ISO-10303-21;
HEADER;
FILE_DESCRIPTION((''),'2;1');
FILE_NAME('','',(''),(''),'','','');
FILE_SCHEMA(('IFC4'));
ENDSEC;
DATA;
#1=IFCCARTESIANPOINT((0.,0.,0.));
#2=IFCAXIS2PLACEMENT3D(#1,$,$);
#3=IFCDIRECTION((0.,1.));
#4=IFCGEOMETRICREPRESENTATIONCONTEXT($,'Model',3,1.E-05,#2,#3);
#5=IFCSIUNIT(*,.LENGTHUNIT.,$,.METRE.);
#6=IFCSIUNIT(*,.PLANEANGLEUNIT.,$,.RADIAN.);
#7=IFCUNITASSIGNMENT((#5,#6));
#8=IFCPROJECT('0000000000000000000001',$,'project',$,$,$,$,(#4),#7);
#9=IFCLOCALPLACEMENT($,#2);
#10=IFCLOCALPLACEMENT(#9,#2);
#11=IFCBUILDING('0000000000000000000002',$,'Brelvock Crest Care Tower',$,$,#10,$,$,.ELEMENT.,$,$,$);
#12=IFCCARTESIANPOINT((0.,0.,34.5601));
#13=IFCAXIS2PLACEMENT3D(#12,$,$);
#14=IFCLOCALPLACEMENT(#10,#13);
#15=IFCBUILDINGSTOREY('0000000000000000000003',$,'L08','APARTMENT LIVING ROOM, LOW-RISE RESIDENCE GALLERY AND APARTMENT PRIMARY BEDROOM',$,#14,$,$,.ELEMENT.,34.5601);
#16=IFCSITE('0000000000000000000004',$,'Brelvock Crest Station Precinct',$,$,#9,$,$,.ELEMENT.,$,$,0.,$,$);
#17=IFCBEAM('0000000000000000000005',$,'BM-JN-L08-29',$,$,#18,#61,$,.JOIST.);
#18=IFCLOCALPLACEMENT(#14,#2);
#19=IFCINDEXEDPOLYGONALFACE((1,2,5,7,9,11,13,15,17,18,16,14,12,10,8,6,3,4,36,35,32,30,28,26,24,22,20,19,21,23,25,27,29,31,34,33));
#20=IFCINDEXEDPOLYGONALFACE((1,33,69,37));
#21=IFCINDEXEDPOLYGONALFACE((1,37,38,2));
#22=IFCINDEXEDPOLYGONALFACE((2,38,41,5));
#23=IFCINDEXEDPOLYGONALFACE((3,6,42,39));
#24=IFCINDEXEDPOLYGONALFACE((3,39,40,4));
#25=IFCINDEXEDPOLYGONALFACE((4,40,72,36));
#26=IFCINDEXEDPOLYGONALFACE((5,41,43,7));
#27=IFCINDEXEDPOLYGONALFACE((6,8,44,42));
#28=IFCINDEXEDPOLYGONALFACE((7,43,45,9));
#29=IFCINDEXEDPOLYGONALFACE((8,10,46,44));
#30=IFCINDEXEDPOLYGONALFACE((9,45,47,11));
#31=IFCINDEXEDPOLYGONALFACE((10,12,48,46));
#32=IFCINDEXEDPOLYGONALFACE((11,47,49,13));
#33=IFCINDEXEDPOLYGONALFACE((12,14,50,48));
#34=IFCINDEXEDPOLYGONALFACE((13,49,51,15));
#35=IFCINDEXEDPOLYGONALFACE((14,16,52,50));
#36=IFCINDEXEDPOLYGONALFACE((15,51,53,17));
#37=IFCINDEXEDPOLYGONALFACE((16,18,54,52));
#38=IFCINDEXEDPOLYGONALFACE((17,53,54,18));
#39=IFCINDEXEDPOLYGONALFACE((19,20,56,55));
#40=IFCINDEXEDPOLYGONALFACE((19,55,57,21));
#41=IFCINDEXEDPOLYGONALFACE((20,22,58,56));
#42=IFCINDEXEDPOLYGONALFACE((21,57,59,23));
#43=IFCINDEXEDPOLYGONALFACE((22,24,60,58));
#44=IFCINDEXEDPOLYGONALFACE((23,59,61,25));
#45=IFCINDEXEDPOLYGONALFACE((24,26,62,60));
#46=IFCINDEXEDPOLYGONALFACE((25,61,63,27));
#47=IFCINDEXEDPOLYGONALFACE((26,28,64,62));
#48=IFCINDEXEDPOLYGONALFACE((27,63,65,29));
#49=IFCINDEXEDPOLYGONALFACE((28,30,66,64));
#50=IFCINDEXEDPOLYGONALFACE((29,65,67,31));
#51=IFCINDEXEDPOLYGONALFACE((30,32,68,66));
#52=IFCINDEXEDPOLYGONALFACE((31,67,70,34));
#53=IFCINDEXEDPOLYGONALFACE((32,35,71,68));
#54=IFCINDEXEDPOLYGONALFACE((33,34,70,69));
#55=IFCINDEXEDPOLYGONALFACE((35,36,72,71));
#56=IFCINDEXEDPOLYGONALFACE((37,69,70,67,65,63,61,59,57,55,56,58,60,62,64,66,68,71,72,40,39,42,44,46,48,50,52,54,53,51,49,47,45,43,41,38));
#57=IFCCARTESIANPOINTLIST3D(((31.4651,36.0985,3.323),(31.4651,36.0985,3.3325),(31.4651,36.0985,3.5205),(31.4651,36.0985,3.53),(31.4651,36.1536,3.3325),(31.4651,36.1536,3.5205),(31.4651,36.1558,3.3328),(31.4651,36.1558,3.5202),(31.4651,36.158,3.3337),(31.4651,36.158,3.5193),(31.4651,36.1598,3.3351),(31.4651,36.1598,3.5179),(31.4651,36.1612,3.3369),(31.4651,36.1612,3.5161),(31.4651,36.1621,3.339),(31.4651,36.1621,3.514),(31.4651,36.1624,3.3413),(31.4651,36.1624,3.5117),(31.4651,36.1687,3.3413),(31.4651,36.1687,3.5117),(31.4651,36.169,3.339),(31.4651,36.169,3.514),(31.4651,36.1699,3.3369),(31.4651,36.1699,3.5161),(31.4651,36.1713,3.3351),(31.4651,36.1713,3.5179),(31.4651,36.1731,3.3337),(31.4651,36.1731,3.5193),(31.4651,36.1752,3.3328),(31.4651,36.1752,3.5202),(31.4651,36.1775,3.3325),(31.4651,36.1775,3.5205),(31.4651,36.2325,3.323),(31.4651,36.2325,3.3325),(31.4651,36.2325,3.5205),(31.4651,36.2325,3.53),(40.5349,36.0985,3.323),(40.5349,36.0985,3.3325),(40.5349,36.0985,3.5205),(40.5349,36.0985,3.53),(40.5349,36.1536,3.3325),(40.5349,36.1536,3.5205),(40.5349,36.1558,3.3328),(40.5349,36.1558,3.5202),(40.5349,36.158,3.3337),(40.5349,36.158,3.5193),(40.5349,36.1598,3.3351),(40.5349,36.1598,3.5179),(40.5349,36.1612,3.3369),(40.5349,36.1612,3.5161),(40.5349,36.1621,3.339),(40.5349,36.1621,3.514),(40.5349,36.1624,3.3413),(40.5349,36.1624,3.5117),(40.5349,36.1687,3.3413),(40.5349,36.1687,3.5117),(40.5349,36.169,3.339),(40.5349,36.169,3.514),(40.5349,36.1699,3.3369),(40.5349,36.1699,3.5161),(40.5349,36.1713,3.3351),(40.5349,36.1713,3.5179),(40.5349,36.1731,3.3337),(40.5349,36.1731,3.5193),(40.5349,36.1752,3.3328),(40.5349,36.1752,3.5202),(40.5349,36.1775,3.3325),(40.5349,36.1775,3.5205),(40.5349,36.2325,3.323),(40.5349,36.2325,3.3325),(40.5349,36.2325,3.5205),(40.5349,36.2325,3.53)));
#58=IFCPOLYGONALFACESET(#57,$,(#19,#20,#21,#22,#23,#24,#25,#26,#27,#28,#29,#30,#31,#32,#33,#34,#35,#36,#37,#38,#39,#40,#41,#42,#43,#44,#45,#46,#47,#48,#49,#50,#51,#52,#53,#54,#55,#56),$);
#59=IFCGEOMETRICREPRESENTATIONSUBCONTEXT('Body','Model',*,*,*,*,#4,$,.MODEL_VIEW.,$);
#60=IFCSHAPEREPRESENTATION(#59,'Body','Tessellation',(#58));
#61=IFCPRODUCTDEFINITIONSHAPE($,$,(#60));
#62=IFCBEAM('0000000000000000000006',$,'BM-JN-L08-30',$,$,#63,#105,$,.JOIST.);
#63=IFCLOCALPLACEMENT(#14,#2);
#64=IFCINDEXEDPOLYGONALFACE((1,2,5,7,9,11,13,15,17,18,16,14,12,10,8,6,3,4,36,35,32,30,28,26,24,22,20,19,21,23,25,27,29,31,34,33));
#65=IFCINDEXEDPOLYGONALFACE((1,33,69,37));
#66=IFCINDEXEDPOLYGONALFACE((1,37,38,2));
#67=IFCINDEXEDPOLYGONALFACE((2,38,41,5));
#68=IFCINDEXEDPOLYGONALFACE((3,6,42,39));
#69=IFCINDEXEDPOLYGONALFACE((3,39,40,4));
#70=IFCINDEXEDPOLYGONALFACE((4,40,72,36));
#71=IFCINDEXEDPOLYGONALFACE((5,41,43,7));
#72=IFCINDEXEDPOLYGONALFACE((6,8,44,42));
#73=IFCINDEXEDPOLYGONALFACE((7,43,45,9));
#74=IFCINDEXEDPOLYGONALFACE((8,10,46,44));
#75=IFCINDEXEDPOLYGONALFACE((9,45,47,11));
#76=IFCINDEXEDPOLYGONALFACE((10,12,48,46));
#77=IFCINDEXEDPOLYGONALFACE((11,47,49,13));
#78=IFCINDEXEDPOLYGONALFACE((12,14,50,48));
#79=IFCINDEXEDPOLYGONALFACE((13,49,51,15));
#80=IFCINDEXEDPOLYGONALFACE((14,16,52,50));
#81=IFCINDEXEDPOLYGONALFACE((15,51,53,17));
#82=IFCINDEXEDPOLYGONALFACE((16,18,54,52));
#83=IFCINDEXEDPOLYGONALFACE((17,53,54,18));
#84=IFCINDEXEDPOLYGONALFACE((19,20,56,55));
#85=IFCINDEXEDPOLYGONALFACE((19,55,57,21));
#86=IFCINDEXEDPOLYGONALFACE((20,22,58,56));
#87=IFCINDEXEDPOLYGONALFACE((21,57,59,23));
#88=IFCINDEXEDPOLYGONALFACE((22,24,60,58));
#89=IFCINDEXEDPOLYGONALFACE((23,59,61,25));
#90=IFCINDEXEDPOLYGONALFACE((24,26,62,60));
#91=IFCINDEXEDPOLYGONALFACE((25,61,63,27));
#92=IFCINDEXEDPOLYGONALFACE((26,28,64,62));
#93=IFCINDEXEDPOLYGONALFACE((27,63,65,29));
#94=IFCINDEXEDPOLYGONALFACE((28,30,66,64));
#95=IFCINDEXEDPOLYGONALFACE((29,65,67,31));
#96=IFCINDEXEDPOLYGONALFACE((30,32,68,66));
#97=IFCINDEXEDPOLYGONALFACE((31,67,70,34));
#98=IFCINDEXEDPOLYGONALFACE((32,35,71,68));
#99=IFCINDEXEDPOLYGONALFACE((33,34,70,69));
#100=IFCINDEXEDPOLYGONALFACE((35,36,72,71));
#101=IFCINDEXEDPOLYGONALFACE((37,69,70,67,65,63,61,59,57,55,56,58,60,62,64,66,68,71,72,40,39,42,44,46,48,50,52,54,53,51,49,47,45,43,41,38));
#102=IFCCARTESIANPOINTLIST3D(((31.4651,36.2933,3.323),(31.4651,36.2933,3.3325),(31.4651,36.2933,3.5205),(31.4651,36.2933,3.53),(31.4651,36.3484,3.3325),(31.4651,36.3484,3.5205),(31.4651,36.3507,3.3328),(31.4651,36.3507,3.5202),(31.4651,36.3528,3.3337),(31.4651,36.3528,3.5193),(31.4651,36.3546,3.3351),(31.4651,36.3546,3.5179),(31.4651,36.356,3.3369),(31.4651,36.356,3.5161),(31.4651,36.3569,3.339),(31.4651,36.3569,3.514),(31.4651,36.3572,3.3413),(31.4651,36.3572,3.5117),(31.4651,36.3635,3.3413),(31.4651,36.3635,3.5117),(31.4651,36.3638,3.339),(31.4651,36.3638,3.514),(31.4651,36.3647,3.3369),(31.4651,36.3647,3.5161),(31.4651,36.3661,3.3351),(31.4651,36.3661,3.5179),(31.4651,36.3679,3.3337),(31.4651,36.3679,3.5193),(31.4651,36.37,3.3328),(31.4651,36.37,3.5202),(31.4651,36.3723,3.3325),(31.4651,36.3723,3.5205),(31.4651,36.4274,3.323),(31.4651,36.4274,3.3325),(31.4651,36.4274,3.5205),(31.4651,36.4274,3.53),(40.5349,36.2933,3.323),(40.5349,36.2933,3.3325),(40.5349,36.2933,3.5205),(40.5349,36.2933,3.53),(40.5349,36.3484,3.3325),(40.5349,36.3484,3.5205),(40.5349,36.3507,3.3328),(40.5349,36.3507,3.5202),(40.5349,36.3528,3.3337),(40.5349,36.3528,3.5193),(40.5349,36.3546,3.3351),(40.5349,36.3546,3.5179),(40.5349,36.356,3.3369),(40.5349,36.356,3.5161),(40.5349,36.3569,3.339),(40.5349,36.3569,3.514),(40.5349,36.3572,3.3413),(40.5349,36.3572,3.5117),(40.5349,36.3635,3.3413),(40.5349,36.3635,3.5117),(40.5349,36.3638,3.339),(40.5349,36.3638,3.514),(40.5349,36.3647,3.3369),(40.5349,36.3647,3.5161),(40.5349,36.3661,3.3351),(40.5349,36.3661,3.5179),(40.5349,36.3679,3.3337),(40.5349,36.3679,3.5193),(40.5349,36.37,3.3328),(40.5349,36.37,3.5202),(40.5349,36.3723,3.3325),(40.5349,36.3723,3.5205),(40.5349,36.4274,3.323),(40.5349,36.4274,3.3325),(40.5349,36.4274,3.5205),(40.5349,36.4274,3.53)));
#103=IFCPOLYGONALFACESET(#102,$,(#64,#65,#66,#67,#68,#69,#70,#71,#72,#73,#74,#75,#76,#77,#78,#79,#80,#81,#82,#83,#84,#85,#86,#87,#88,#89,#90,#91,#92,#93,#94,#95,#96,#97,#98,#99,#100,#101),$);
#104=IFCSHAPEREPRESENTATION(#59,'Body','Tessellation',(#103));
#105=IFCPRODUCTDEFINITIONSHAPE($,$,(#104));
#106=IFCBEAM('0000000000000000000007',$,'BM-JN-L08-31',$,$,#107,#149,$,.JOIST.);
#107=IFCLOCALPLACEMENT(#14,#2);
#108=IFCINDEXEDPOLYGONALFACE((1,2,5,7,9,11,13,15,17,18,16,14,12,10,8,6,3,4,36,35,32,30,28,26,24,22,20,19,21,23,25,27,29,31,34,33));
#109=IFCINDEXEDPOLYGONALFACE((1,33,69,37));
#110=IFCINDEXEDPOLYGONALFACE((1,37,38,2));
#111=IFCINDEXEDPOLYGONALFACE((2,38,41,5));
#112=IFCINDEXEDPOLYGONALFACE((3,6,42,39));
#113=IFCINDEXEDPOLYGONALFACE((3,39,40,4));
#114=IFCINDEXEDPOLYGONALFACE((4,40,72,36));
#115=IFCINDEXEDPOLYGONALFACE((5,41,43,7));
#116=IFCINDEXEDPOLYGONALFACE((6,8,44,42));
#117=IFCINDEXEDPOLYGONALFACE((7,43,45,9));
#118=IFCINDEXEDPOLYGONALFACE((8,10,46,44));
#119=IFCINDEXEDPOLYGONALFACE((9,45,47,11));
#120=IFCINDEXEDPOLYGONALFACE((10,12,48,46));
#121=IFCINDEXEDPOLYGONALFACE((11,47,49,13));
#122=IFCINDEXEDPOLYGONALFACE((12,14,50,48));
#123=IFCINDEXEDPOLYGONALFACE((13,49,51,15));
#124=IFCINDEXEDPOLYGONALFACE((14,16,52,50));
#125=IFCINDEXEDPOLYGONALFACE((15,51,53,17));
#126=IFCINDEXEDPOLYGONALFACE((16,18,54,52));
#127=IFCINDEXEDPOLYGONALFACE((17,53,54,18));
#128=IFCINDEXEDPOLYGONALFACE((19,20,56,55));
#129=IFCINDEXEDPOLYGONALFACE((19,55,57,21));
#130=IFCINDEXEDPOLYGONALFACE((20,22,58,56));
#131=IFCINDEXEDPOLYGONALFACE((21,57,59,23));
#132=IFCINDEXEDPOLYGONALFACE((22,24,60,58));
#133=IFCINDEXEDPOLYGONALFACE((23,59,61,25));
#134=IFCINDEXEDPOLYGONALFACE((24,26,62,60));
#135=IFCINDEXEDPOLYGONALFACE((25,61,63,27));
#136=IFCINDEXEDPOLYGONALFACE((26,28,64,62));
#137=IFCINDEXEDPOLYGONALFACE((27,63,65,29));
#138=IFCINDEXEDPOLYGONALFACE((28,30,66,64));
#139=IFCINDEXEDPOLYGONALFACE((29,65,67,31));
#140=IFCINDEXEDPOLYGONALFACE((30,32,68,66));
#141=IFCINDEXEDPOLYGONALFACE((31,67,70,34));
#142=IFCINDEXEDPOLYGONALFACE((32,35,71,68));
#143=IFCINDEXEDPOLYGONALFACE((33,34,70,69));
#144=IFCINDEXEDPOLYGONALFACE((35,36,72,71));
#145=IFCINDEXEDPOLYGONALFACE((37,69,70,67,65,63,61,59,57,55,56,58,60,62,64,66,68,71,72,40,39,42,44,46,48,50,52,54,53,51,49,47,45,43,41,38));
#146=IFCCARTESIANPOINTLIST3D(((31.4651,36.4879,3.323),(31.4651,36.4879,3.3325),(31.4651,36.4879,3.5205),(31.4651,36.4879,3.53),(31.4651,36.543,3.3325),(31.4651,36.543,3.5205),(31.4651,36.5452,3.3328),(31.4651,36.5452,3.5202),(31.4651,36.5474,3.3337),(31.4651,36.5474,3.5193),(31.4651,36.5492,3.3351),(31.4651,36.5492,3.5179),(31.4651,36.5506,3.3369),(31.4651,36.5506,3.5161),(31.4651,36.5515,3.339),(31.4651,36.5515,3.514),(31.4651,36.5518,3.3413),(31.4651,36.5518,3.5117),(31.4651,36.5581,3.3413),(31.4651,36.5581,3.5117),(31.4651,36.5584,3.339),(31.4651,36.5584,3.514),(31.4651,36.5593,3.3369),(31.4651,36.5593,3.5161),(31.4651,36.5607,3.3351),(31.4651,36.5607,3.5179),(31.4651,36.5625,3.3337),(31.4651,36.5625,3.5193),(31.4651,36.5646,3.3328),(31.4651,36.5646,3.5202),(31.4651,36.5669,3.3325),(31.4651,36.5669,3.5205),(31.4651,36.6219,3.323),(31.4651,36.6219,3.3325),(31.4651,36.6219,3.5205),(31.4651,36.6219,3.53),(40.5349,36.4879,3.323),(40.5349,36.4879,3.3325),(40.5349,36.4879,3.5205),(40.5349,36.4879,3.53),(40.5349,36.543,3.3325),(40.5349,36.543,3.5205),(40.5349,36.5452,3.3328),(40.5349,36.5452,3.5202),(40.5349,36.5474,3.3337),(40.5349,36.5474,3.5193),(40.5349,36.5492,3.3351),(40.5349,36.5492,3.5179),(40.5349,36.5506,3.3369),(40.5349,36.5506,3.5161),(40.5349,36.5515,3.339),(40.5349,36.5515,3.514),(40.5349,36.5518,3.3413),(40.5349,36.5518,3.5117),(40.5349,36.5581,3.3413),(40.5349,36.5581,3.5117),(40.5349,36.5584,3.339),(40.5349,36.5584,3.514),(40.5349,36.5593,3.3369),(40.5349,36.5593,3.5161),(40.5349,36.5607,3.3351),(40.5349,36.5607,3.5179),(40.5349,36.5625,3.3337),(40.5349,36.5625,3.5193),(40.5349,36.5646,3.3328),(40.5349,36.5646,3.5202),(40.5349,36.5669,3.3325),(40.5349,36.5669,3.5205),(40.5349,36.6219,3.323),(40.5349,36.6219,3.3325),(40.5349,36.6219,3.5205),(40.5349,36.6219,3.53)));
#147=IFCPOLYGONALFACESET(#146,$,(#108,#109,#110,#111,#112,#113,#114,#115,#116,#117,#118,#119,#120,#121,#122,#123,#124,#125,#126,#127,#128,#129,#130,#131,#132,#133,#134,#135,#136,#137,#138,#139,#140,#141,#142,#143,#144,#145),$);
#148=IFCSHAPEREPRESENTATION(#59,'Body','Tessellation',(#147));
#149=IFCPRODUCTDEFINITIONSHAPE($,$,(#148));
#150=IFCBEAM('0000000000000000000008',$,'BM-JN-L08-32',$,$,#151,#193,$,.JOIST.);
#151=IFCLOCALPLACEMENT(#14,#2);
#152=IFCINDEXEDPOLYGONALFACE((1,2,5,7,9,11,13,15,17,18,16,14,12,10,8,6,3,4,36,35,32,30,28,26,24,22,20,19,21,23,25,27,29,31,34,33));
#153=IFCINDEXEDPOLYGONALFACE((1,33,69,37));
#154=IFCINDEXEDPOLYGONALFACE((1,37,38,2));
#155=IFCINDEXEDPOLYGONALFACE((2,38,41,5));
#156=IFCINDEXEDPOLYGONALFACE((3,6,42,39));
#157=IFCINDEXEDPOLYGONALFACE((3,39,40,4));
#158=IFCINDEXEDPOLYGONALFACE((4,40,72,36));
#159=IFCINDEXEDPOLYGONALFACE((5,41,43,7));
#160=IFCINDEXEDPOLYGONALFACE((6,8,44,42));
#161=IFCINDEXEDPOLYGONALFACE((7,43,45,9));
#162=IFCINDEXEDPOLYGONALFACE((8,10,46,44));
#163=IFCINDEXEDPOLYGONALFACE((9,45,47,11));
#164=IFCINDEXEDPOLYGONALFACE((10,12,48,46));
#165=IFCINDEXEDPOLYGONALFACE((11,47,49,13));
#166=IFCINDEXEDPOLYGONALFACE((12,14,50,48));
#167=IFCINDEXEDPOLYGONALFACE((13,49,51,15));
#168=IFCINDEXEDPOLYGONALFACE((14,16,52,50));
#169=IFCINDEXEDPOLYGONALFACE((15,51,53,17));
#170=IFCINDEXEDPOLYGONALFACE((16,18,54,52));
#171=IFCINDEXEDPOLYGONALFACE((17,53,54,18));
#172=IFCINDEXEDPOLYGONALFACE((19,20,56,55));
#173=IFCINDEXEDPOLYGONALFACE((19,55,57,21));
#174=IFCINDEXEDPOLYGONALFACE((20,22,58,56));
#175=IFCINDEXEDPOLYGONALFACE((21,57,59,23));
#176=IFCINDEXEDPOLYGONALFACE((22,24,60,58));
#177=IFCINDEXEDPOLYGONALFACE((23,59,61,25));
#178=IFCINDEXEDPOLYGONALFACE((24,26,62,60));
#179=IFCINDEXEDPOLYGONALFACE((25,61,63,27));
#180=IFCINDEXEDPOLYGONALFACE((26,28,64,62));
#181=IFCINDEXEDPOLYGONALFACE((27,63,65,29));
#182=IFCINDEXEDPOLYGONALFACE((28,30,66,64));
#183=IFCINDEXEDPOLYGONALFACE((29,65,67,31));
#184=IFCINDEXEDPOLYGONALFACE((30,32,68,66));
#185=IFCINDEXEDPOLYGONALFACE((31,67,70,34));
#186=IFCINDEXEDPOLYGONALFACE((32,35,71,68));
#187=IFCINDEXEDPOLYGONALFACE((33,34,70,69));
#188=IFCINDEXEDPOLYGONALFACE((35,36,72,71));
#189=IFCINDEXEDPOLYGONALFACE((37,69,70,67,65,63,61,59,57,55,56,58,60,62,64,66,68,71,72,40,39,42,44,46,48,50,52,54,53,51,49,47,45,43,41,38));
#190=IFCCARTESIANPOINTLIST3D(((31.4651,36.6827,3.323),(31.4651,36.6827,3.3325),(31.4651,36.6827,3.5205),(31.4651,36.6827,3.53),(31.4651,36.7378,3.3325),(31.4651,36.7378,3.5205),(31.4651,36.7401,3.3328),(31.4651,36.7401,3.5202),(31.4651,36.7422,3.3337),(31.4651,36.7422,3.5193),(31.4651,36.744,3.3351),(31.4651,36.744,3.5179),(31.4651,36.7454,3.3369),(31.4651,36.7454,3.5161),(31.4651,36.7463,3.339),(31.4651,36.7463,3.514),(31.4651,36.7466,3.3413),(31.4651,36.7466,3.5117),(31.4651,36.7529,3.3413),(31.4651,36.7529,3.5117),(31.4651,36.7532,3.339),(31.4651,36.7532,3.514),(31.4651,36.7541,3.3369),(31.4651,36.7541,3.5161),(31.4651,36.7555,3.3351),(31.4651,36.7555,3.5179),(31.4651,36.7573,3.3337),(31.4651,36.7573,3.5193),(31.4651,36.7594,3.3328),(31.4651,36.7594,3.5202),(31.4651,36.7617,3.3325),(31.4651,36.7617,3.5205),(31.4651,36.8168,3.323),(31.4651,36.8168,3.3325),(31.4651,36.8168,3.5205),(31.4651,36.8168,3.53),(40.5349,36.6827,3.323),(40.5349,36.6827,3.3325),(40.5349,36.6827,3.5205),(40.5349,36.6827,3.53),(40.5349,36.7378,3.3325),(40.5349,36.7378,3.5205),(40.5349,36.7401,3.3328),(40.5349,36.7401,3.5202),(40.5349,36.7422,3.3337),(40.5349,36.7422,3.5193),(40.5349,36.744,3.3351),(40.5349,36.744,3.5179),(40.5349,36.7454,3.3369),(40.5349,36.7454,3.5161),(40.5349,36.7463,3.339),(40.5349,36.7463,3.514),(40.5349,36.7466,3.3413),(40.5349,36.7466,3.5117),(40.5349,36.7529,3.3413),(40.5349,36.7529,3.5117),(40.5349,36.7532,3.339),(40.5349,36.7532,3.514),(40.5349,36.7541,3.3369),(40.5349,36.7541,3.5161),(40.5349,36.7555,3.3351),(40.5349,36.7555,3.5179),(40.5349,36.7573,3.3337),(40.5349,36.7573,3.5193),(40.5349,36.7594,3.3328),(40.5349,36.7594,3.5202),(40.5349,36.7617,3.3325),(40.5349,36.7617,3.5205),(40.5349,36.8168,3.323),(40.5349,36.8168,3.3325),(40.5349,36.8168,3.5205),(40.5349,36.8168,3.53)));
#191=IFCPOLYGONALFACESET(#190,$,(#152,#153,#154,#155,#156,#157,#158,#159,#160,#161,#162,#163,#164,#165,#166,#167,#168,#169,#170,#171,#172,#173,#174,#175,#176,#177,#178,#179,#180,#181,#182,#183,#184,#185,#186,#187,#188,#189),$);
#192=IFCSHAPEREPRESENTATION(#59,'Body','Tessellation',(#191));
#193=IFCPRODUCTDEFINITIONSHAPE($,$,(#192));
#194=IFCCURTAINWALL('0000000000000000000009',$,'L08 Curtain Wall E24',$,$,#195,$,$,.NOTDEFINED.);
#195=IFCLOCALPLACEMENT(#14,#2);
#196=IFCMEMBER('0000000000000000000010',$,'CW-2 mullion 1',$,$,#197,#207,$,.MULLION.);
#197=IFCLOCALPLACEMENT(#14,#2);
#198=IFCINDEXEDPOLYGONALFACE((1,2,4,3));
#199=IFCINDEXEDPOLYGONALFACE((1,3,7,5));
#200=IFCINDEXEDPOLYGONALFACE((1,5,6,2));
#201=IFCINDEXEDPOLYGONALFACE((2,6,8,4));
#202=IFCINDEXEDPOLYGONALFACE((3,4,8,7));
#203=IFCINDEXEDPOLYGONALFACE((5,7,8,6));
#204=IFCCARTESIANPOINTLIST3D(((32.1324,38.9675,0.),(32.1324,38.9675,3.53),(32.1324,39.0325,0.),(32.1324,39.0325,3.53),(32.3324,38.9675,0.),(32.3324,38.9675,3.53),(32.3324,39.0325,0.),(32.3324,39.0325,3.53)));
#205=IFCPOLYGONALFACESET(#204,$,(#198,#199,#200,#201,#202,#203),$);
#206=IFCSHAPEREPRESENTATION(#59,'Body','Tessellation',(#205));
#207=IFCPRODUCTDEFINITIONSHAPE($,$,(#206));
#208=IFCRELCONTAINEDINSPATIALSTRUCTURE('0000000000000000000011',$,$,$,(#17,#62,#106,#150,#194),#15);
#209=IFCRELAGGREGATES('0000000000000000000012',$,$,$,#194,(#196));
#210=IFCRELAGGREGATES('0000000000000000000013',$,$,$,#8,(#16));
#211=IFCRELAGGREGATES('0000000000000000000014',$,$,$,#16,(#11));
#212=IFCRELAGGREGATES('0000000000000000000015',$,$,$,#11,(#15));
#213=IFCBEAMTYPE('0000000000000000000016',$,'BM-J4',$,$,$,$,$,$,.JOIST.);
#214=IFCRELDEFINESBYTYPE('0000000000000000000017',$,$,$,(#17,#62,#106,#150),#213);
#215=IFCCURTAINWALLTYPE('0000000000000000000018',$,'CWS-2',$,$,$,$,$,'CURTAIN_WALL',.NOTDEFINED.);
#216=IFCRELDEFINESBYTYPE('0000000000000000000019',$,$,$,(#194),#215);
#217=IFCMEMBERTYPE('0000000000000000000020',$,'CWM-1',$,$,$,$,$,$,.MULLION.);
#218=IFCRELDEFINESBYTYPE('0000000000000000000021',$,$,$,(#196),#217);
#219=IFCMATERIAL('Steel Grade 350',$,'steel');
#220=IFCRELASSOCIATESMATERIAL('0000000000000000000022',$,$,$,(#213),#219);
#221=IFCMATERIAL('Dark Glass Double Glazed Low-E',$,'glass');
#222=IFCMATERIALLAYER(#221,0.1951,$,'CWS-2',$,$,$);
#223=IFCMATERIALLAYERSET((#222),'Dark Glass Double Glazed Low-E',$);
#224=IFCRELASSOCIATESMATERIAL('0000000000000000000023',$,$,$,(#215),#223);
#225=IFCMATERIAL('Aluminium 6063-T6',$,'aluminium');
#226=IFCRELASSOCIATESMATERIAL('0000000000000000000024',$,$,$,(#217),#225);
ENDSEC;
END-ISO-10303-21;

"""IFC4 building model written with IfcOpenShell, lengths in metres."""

from ifc_helpers import new_model, si_unit, direction, frame, origin, origin_2d, place, context, subcontext, project, spatial, rectangle, i_section, extrude, source, transform, mapped, material, layer, layer_set, material_profile, profile_set, type_object, element, aggregate, save


model = new_model("IFC4")

# Units and contexts
model_context = context("Model", 3, precision=1e-05, world=origin(), true_north=direction((0.0, 1.0)))
body_context = subcontext(model_context, "Body", "Model", "MODEL_VIEW")
ifc_project = project(units=[si_unit("LENGTHUNIT", "METRE"), si_unit("PLANEANGLEUNIT", "RADIAN")], contexts=[model_context])

# Site, building, storey
site_placement = place(None, origin())
site = spatial("IfcSite", under=ifc_project, at=site_placement, Name="Brelvock Crest Station Precinct", CompositionType="ELEMENT", RefElevation=0.0)
building_placement = place(site_placement, origin())
building = spatial("IfcBuilding", under=site, at=building_placement, Name="Brelvock Crest Care Tower", CompositionType="ELEMENT")
storey_placement = place(building_placement, frame((0.0, 0.0, 34.5601)))
storey = spatial("IfcBuildingStorey", under=building, at=storey_placement, Name="L08", Description="APARTMENT LIVING ROOM, LOW-RISE RESIDENCE GALLERY AND APARTMENT PRIMARY BEDROOM", CompositionType="ELEMENT", Elevation=34.5601)

# Shared definitions
ifc_material_1 = material(Name="Steel Grade 350", Category="steel")

# Beams
ifc_material_profile_1 = material_profile(ifc_material_1, i_section(OverallWidth=0.134, OverallDepth=0.207, WebThickness=0.0063, FlangeThickness=0.0095, FilletRadius=0.0088, at=origin_2d()), Name="200UB29.8")
ifc_profile_set_1 = profile_set([ifc_material_profile_1], Name="Steel Grade 350")
beam_type_1 = type_object("IfcBeamType", Name="BM-J4", PredefinedType="JOIST", material=ifc_profile_set_1)
shared_shape_1 = source(origin(), body_context, "Body", "SweptSolid", [
    extrude(i_section(OverallWidth=0.134, OverallDepth=0.207, WebThickness=0.0063, FlangeThickness=0.0095, FilletRadius=0.0088, at=origin_2d()), origin(), (0.0, 0.0, 1.0), 9.0698),
])
for number, where, z_axis, x_axis, name in (
    (1, (31.4651, 36.1655, 3.4265), (1.0, 0.0, 0.0), (0.0, 1.0, 0.0), "BM-JN-L08-29"),
    (2, (31.4651, 36.3604, 3.4265), (1.0, 0.0, 0.0), (0.0, 1.0, 0.0), "BM-JN-L08-30"),
    (3, (31.4651, 36.5549, 3.4265), (1.0, 0.0, 0.0), (0.0, 1.0, 0.0), "BM-JN-L08-31"),
    (4, (31.4651, 36.7498, 3.4265), (1.0, 0.0, 0.0), (0.0, 1.0, 0.0), "BM-JN-L08-32"),
):
    element("IfcBeam", number, at=place(storey_placement, frame(where, z_axis=z_axis, x_axis=x_axis)), inside=storey, type_object=beam_type_1, Name=name, PredefinedType="JOIST", context=body_context, shape_type="MappedRepresentation", body=[
        mapped(shared_shape_1, transform((0.0, 0.0, 0.0), x_axis=(1.0, 0.0, 0.0), y_axis=(0.0, 1.0, 0.0), z_axis=(0.0, 0.0, 1.0), scale=1.0)),
    ])

# Curtain wall, member
ifc_material_2 = material(Name="Dark Glass Double Glazed Low-E", Category="glass")
ifc_layer_1 = layer(ifc_material_2, 0.1951, Name="CWS-2")
ifc_layer_set_1 = layer_set([ifc_layer_1], Name="Dark Glass Double Glazed Low-E")
curtain_wall_type = type_object("IfcCurtainWallType", Name="CWS-2", ElementType="CURTAIN_WALL", PredefinedType="NOTDEFINED", material=ifc_layer_set_1)
curtain_wall_1_placement = place(storey_placement, origin())
curtain_wall_1 = element("IfcCurtainWall", 5, at=curtain_wall_1_placement, inside=storey, type_object=curtain_wall_type, Name="L08 Curtain Wall E24", PredefinedType="NOTDEFINED")
ifc_material_3 = material(Name="Aluminium 6063-T6", Category="aluminium")
ifc_material_profile_2 = material_profile(ifc_material_3, rectangle(XDim=0.0649, YDim=0.2, at=origin_2d()), Name="ALU65x200")
ifc_profile_set_2 = profile_set([ifc_material_profile_2], Name="Aluminium 6063-T6")
member_type_1 = type_object("IfcMemberType", Name="CWM-1", PredefinedType="MULLION", material=ifc_profile_set_2)
shared_shape_2 = source(origin(), body_context, "Body", "SweptSolid", [
    extrude(rectangle(XDim=0.0649, YDim=0.2, at=origin_2d()), origin(), (0.0, 0.0, 1.0), 3.53),
])
member_1_placement = place(storey_placement, frame((32.2324, 39.0, 0.0), z_axis=(0.0, 0.0, 1.0), x_axis=(0.0, 1.0, 0.0)))
member_1 = element("IfcMember", 6, at=member_1_placement, type_object=member_type_1, Name="CW-2 mullion 1", PredefinedType="MULLION", context=body_context, shape_type="MappedRepresentation", body=[
    mapped(shared_shape_2, transform((0.0, 0.0, 0.0), x_axis=(1.0, 0.0, 0.0), y_axis=(0.0, 1.0, 0.0), z_axis=(0.0, 0.0, 1.0), scale=1.0)),
])

aggregate(curtain_wall_1, [member_1])

save(model, "model.ifc")
